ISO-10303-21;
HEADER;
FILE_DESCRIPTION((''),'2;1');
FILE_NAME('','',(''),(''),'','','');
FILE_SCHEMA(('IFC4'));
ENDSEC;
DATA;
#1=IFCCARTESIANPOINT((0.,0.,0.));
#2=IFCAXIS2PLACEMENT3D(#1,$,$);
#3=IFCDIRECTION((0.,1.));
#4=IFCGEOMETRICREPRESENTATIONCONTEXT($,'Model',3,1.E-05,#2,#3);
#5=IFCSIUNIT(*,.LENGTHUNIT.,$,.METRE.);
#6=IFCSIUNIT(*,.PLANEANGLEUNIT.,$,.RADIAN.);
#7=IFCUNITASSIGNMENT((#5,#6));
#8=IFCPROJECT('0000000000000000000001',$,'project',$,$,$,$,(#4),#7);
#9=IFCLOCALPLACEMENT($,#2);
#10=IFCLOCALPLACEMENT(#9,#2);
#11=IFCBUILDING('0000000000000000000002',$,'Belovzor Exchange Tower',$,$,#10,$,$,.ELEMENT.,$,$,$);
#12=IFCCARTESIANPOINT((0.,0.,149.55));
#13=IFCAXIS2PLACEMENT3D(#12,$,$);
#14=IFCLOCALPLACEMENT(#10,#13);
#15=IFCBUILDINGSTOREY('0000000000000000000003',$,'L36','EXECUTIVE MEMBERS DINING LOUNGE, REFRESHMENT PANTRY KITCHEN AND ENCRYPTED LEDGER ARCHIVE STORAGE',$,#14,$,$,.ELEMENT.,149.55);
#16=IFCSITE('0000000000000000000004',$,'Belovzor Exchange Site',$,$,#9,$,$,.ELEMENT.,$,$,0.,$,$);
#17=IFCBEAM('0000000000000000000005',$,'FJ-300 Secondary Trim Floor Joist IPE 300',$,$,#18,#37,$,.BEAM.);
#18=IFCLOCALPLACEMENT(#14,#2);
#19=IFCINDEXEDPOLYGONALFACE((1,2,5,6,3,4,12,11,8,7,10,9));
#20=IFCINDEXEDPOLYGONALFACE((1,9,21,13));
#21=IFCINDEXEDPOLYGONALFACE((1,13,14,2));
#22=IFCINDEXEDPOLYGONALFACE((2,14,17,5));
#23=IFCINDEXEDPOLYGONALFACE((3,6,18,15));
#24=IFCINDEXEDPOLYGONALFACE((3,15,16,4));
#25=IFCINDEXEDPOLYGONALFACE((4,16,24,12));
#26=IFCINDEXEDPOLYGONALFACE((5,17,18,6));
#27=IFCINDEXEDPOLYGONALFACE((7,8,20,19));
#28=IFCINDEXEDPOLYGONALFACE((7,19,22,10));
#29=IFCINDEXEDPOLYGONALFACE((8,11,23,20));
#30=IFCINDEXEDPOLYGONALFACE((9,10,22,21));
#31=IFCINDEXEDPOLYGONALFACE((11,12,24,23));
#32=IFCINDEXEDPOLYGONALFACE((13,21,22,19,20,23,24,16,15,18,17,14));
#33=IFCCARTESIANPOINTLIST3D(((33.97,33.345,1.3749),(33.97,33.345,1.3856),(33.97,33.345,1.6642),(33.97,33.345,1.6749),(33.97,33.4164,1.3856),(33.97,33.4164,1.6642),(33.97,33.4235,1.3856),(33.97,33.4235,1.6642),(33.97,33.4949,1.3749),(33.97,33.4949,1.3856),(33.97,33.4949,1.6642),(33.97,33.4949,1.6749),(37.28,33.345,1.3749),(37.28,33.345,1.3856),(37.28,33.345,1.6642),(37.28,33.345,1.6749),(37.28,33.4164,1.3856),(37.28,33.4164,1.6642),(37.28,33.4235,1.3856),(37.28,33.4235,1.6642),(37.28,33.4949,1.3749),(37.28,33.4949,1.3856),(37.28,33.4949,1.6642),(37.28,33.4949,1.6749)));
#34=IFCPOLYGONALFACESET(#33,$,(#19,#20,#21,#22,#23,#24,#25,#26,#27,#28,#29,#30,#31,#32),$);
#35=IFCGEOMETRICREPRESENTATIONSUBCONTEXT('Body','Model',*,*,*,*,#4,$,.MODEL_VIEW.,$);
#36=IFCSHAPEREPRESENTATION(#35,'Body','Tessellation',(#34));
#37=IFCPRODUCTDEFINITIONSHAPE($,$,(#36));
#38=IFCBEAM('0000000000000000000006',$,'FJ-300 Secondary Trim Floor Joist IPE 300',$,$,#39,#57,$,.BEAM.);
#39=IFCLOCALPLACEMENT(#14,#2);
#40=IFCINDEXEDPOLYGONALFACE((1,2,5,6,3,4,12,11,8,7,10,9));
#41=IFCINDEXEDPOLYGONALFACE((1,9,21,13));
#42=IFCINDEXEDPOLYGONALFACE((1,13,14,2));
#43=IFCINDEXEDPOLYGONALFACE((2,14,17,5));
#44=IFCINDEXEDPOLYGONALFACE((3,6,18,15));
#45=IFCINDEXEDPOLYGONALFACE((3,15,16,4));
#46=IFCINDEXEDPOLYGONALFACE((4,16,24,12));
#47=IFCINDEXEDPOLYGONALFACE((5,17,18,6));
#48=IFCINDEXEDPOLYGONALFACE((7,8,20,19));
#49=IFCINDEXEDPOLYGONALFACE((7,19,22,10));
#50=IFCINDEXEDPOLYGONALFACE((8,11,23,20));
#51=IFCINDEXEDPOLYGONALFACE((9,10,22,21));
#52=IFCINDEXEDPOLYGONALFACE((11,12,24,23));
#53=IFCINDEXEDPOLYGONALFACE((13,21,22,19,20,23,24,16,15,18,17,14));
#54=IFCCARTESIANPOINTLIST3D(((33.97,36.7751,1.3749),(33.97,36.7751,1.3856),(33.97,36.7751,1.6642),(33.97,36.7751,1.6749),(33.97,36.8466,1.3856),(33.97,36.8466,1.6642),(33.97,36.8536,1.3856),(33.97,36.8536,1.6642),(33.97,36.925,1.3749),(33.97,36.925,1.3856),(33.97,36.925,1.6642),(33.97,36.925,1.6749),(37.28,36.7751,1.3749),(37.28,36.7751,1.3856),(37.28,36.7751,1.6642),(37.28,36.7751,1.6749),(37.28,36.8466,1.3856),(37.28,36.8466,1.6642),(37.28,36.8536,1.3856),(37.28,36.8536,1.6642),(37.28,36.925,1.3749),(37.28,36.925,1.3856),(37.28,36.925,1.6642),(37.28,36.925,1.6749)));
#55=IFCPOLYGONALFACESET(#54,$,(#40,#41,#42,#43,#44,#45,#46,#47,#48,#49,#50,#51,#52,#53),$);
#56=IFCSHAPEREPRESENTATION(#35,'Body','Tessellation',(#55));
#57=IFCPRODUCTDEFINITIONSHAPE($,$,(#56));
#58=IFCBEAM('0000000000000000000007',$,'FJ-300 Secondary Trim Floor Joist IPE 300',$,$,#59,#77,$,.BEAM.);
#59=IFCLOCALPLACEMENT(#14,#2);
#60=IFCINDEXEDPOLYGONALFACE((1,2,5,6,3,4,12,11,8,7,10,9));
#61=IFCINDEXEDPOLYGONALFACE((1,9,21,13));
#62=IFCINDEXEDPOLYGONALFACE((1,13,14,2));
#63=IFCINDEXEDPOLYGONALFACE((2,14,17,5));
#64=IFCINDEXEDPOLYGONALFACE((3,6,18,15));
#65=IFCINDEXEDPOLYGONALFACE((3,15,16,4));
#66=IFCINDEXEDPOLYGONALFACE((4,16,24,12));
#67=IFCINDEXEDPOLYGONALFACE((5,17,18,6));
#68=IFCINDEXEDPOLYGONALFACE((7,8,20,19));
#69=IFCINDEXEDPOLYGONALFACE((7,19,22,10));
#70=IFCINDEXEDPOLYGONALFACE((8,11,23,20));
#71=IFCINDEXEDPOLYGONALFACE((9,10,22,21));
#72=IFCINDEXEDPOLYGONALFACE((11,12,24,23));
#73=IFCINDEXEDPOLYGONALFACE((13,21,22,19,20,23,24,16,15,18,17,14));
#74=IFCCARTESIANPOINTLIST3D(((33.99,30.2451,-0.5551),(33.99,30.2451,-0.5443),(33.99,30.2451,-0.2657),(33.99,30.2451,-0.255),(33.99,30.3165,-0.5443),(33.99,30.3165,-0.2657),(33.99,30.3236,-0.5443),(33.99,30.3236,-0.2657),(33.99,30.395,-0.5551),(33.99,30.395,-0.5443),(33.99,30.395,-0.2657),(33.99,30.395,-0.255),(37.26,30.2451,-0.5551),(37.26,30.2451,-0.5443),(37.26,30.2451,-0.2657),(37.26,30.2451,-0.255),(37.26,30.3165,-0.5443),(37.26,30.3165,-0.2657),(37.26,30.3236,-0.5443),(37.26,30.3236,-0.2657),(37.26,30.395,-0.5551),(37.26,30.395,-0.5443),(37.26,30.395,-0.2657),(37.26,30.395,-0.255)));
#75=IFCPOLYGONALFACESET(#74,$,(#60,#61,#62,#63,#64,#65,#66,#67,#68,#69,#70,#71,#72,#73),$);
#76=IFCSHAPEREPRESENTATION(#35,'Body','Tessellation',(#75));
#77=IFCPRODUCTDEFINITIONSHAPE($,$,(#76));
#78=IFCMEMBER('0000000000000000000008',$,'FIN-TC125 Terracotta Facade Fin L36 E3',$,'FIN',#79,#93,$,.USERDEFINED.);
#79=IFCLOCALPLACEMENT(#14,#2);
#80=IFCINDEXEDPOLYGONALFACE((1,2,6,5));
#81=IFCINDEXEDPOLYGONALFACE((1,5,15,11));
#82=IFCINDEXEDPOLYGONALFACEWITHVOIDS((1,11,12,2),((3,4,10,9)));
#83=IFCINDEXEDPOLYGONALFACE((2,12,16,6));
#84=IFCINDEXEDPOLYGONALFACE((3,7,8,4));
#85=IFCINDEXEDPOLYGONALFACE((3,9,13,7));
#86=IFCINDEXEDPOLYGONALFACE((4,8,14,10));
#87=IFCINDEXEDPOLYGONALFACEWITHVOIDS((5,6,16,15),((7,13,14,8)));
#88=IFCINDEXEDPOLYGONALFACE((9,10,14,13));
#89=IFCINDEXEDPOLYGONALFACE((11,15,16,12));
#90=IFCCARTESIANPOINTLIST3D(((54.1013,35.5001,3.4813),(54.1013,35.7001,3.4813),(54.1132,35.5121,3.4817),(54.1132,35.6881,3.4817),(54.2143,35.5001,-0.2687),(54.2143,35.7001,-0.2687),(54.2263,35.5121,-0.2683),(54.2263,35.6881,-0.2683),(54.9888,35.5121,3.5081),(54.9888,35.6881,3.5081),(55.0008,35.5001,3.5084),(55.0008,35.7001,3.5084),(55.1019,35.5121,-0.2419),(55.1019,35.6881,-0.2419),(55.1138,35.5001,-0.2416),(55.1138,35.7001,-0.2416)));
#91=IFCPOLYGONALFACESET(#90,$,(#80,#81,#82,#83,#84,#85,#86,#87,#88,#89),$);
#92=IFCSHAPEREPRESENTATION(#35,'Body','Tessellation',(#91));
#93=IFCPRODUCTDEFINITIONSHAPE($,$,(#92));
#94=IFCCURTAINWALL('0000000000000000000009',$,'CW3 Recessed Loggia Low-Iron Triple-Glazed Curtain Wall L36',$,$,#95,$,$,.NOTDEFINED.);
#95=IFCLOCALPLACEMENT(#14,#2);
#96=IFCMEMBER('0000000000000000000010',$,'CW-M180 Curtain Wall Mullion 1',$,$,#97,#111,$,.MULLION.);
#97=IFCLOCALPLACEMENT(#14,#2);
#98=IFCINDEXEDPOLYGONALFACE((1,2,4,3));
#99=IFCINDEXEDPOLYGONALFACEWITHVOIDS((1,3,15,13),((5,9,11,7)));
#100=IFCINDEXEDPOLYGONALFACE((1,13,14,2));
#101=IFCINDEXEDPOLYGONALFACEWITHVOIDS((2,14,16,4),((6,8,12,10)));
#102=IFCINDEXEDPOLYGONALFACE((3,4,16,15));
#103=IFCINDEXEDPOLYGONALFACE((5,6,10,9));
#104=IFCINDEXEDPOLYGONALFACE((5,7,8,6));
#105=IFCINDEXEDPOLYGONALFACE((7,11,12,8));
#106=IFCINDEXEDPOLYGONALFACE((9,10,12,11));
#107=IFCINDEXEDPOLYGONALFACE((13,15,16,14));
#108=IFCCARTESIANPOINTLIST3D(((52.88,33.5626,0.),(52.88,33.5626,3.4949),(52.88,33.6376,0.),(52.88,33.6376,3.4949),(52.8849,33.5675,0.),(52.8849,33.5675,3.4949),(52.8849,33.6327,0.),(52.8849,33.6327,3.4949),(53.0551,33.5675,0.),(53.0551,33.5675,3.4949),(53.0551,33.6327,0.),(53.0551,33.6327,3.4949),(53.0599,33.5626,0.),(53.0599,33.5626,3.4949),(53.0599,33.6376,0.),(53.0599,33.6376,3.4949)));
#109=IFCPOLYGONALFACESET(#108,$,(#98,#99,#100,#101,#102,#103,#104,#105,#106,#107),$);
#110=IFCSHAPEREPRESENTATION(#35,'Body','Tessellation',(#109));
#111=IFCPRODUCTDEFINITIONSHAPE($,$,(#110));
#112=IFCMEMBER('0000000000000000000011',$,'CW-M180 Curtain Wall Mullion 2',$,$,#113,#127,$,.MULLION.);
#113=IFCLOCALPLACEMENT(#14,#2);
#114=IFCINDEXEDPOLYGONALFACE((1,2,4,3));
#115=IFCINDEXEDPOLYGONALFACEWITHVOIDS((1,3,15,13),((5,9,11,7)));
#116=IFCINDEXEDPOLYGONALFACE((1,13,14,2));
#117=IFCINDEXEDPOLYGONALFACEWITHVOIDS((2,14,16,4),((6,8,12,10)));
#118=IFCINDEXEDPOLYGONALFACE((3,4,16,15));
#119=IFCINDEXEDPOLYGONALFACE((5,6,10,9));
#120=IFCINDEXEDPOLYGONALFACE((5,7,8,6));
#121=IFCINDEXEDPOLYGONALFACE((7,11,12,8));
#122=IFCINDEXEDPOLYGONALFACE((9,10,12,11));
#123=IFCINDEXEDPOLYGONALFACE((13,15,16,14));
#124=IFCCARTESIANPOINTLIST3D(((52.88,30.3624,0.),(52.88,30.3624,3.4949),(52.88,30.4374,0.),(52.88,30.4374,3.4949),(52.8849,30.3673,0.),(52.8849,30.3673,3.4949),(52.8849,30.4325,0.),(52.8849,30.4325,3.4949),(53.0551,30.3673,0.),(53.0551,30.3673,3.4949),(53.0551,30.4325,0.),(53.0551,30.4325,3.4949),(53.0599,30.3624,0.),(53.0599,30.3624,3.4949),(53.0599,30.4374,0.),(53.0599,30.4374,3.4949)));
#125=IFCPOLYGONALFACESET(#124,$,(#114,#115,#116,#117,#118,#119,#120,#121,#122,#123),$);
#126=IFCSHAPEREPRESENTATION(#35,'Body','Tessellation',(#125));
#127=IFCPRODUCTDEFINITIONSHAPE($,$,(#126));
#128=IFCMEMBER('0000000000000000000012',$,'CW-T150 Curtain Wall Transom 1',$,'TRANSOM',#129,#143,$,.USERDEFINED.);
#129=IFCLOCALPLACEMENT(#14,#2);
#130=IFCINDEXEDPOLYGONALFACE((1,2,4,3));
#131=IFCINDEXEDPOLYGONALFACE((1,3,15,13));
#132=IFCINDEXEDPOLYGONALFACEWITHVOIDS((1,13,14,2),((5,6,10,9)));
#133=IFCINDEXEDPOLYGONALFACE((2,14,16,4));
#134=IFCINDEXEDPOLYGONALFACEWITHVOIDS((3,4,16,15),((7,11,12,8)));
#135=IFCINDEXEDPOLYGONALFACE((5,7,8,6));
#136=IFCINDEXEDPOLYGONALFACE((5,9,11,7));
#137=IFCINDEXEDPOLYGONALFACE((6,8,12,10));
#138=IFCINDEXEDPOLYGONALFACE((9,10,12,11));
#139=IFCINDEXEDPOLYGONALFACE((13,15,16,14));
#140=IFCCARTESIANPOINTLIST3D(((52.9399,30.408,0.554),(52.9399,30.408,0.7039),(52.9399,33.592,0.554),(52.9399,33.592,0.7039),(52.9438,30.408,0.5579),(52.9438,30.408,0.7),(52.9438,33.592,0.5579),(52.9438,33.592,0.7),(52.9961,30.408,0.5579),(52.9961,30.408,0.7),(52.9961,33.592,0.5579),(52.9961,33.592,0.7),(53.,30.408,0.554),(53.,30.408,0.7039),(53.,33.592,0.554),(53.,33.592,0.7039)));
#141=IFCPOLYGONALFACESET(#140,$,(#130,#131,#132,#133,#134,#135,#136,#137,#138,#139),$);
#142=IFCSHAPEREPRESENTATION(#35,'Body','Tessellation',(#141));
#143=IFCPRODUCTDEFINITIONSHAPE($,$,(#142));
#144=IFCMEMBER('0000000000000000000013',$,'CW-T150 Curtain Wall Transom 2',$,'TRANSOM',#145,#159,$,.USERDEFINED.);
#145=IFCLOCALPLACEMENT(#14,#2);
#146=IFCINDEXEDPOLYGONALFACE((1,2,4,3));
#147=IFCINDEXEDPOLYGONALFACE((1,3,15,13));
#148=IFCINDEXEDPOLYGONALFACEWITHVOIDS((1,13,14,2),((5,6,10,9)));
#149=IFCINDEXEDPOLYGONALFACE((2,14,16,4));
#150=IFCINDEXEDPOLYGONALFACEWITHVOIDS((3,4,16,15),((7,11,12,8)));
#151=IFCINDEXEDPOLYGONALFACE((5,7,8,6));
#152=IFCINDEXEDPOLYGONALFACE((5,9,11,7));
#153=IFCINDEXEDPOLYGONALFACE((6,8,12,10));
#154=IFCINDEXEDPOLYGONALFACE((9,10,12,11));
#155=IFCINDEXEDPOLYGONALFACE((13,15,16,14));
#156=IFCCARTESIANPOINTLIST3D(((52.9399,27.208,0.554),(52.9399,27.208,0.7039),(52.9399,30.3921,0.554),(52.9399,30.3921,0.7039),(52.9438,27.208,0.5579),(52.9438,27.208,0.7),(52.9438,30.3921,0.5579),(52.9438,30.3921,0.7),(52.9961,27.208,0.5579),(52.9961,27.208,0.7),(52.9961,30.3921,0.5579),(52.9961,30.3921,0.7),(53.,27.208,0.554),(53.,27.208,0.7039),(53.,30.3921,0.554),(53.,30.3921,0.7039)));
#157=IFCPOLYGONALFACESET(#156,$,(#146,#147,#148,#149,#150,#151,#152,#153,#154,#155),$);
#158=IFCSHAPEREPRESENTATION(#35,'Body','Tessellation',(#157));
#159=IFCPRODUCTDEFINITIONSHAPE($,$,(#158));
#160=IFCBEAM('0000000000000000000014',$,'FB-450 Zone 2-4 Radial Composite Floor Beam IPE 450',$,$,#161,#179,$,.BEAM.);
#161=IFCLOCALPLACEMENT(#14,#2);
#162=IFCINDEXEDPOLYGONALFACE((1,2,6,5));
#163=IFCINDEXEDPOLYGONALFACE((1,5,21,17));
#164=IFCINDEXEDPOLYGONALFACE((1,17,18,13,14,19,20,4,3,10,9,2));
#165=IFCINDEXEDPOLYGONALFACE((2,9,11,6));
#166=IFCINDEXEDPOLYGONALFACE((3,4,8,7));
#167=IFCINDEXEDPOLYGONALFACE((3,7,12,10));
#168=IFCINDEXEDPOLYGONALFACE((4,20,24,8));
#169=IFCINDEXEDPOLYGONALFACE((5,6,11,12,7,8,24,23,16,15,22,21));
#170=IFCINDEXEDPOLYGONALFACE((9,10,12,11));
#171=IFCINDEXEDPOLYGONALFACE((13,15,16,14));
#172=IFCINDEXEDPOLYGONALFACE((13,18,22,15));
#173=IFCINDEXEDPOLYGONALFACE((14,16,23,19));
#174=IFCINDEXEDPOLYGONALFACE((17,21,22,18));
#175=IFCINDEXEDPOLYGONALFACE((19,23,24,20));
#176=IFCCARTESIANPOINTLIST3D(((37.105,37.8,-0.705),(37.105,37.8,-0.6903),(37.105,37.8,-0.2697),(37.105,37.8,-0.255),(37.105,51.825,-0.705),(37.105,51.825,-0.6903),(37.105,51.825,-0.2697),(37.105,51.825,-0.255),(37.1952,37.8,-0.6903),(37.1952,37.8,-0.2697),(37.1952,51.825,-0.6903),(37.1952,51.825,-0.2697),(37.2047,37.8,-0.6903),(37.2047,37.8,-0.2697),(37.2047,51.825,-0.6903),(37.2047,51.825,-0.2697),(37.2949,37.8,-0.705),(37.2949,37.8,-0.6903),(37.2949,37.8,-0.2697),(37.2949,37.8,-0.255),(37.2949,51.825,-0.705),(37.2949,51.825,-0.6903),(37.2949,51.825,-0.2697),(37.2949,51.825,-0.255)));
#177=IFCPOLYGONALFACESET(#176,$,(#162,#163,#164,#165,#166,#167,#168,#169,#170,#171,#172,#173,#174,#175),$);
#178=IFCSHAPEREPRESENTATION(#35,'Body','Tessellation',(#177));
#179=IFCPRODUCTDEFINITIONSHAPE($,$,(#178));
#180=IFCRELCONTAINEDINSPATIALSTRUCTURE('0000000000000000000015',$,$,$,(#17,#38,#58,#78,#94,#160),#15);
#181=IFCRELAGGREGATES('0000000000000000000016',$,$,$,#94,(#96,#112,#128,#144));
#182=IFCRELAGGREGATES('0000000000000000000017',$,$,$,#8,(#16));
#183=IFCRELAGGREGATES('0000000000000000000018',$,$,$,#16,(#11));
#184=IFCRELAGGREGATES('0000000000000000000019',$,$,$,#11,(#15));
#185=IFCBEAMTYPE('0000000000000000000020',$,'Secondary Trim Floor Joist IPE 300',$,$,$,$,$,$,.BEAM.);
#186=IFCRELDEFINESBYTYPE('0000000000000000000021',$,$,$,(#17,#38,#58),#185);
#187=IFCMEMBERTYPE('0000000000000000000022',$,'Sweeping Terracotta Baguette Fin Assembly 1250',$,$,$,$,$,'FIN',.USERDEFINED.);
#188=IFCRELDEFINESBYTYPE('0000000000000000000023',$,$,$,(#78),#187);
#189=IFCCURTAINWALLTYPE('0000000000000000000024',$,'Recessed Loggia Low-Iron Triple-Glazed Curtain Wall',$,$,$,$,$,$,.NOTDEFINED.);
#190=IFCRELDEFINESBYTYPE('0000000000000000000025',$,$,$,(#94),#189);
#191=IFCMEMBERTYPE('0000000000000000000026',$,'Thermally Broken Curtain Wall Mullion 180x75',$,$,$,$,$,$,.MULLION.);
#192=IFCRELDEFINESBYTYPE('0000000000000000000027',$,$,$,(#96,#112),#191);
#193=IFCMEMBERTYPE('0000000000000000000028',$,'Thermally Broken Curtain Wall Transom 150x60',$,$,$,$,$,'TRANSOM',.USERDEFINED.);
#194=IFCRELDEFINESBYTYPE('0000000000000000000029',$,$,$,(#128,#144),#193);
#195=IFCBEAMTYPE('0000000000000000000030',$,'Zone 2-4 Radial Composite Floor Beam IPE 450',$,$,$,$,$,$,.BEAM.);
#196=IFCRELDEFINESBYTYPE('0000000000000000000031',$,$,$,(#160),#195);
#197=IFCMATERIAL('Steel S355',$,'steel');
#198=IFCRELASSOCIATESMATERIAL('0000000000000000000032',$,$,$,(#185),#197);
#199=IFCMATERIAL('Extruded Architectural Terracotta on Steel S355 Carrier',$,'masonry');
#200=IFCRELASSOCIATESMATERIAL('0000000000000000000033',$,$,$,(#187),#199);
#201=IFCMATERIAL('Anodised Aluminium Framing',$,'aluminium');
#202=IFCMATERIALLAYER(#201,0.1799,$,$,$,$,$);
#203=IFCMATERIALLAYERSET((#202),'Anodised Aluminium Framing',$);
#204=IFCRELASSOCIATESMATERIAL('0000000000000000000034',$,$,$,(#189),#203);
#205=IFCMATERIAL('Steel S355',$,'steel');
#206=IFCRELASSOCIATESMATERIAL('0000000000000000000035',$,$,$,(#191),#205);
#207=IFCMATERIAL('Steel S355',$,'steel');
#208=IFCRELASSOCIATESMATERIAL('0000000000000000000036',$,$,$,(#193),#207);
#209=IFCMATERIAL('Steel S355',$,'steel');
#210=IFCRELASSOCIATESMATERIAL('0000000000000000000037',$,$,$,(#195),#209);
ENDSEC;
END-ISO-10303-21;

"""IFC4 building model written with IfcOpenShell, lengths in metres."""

from ifc_helpers import new_model, si_unit, direction, frame, origin, origin_2d, place, context, subcontext, project, spatial, hollow_rectangle, i_section, extrude, material, layer, layer_set, material_profile, profile_set, type_object, element, aggregate, save


model = new_model("IFC4")

# Units and contexts
model_context = context("Model", 3, precision=1e-05, world=origin(), true_north=direction((0.0, 1.0)))
body_context = subcontext(model_context, "Body", "Model", "MODEL_VIEW")
ifc_project = project(units=[si_unit("LENGTHUNIT", "METRE"), si_unit("PLANEANGLEUNIT", "RADIAN")], contexts=[model_context])

# Site, building, storey
site_placement = place(None, origin())
site = spatial("IfcSite", under=ifc_project, at=site_placement, Name="Belovzor Exchange Site", CompositionType="ELEMENT", RefElevation=0.0)
building_placement = place(site_placement, origin())
building = spatial("IfcBuilding", under=site, at=building_placement, Name="Belovzor Exchange Tower", CompositionType="ELEMENT")
storey_placement = place(building_placement, frame((0.0, 0.0, 149.55)))
storey = spatial("IfcBuildingStorey", under=building, at=storey_placement, Name="L36", Description="EXECUTIVE MEMBERS DINING LOUNGE, REFRESHMENT PANTRY KITCHEN AND ENCRYPTED LEDGER ARCHIVE STORAGE", CompositionType="ELEMENT", Elevation=149.55)

# Beams
ifc_material_1 = material(Name="Steel S355", Category="steel")
ifc_material_profile_1 = material_profile(ifc_material_1, i_section(OverallWidth=0.1499, OverallDepth=0.3, WebThickness=0.0071, FlangeThickness=0.0107, at=origin_2d()))
ifc_profile_set_1 = profile_set([ifc_material_profile_1], Name="Steel S355")
beam_type_1 = type_object("IfcBeamType", Name="Secondary Trim Floor Joist IPE 300", PredefinedType="BEAM", material=ifc_profile_set_1)
for number, where, z_axis, x_axis, name in (
    (1, (37.28, 33.4199, 1.5249), (-1.0, 0.0, 0.0), (0.0, -1.0, 0.0), "FJ-300 Secondary Trim Floor Joist IPE 300"),
    (2, (37.28, 36.8501, 1.5249), (-1.0, 0.0, 0.0), (0.0, -1.0, 0.0), "FJ-300 Secondary Trim Floor Joist IPE 300"),
):
    element("IfcBeam", number, at=place(storey_placement, frame(where, z_axis=z_axis, x_axis=x_axis)), inside=storey, type_object=beam_type_1, Name=name, PredefinedType="BEAM", context=body_context, shape_type="SweptSolid", body=[
        extrude(i_section(OverallWidth=0.1499, OverallDepth=0.3, WebThickness=0.0071, FlangeThickness=0.0107, at=origin_2d()), origin(), (0.0, 0.0, 1.0), 3.3101),
    ])
beam_1_placement = place(storey_placement, frame((37.26, 30.3201, -0.405), z_axis=(-1.0, 0.0, 0.0), x_axis=(0.0, -1.0, 0.0)))
element("IfcBeam", 3, at=beam_1_placement, inside=storey, type_object=beam_type_1, Name="FJ-300 Secondary Trim Floor Joist IPE 300", PredefinedType="BEAM", context=body_context, shape_type="SweptSolid", body=[
    extrude(i_section(OverallWidth=0.1499, OverallDepth=0.3, WebThickness=0.0071, FlangeThickness=0.0107, at=origin_2d()), origin(), (0.0, 0.0, 1.0), 3.27),
])

# Member
ifc_material_2 = material(Name="Extruded Architectural Terracotta on Steel S355 Carrier", Category="masonry")
ifc_material_profile_2 = material_profile(ifc_material_2, hollow_rectangle(XDim=0.2, YDim=0.8999, WallThickness=0.012, at=origin_2d()))
ifc_profile_set_2 = profile_set([ifc_material_profile_2], Name="Extruded Architectural Terracotta on Steel S355 Carrier")
member_type_1 = type_object("IfcMemberType", Name="Sweeping Terracotta Baguette Fin Assembly 1250", ElementType="FIN", PredefinedType="USERDEFINED", material=ifc_profile_set_2)
member_1_placement = place(storey_placement, frame((54.6641, 35.6001, -0.2551), z_axis=(-0.03013, 0.0, 0.999546), x_axis=(0.0, -1.0, 0.0)))
element("IfcMember", 4, at=member_1_placement, inside=storey, type_object=member_type_1, Name="FIN-TC125 Terracotta Facade Fin L36 E3", ObjectType="FIN", PredefinedType="USERDEFINED", context=body_context, shape_type="SweptSolid", body=[
    extrude(hollow_rectangle(XDim=0.2, YDim=0.8999, WallThickness=0.012, at=origin_2d()), origin(), (0.0, 0.0, 1.0), 3.7517),
])

# Curtain wall, members
ifc_material_3 = material(Name="Anodised Aluminium Framing", Category="aluminium")
ifc_layer_1 = layer(ifc_material_3, 0.1799)
ifc_layer_set_1 = layer_set([ifc_layer_1], Name="Anodised Aluminium Framing")
curtain_wall_type = type_object("IfcCurtainWallType", Name="Recessed Loggia Low-Iron Triple-Glazed Curtain Wall", PredefinedType="NOTDEFINED", material=ifc_layer_set_1)
curtain_wall_placement = place(storey_placement, origin())
curtain_wall = element("IfcCurtainWall", 5, at=curtain_wall_placement, inside=storey, type_object=curtain_wall_type, Name="CW3 Recessed Loggia Low-Iron Triple-Glazed Curtain Wall L36", PredefinedType="NOTDEFINED")
ifc_material_4 = material(Name="Steel S355", Category="steel")
ifc_material_profile_3 = material_profile(ifc_material_4, hollow_rectangle(XDim=0.075, YDim=0.1799, WallThickness=0.0049, at=origin_2d()))
ifc_profile_set_3 = profile_set([ifc_material_profile_3], Name="Steel S355")
member_type_2 = type_object("IfcMemberType", Name="Thermally Broken Curtain Wall Mullion 180x75", PredefinedType="MULLION", material=ifc_profile_set_3)
member_2_placement = place(storey_placement, frame((52.97, 33.6001, 0.0), z_axis=(0.0, 0.0, 1.0), x_axis=(0.0, -1.0, 0.0)))
member_2 = element("IfcMember", 6, at=member_2_placement, type_object=member_type_2, Name="CW-M180 Curtain Wall Mullion 1", PredefinedType="MULLION", context=body_context, shape_type="SweptSolid", body=[
    extrude(hollow_rectangle(XDim=0.075, YDim=0.1799, WallThickness=0.0049, at=origin_2d()), origin(), (0.0, 0.0, 1.0), 3.4949),
])
member_3_placement = place(storey_placement, frame((52.97, 30.3999, 0.0), z_axis=(0.0, 0.0, 1.0), x_axis=(0.0, -1.0, 0.0)))
member_3 = element("IfcMember", 7, at=member_3_placement, type_object=member_type_2, Name="CW-M180 Curtain Wall Mullion 2", PredefinedType="MULLION", context=body_context, shape_type="SweptSolid", body=[
    extrude(hollow_rectangle(XDim=0.075, YDim=0.1799, WallThickness=0.0049, at=origin_2d()), origin(), (0.0, 0.0, 1.0), 3.4949),
])
ifc_material_5 = material(Name="Steel S355", Category="steel")
ifc_material_profile_4 = material_profile(ifc_material_5, hollow_rectangle(XDim=0.0601, YDim=0.1499, WallThickness=0.0039, at=origin_2d()))
ifc_profile_set_4 = profile_set([ifc_material_profile_4], Name="Steel S355")
member_type_3 = type_object("IfcMemberType", Name="Thermally Broken Curtain Wall Transom 150x60", ElementType="TRANSOM", PredefinedType="USERDEFINED", material=ifc_profile_set_4)
member_4_placement = place(storey_placement, frame((52.97, 33.592, 0.6289), z_axis=(0.0, -1.0, 0.0), x_axis=(1.0, 0.0, 0.0)))
member_4 = element("IfcMember", 8, at=member_4_placement, type_object=member_type_3, Name="CW-T150 Curtain Wall Transom 1", ObjectType="TRANSOM", PredefinedType="USERDEFINED", context=body_context, shape_type="SweptSolid", body=[
    extrude(hollow_rectangle(XDim=0.0601, YDim=0.1499, WallThickness=0.0039, at=origin_2d()), origin(), (0.0, 0.0, 1.0), 3.1841),
])
member_5_placement = place(storey_placement, frame((52.97, 30.3921, 0.6289), z_axis=(0.0, -1.0, 0.0), x_axis=(1.0, 0.0, 0.0)))
member_5 = element("IfcMember", 9, at=member_5_placement, type_object=member_type_3, Name="CW-T150 Curtain Wall Transom 2", ObjectType="TRANSOM", PredefinedType="USERDEFINED", context=body_context, shape_type="SweptSolid", body=[
    extrude(hollow_rectangle(XDim=0.0601, YDim=0.1499, WallThickness=0.0039, at=origin_2d()), origin(), (0.0, 0.0, 1.0), 3.1841),
])

# Beam
ifc_material_6 = material(Name="Steel S355", Category="steel")
ifc_material_profile_5 = material_profile(ifc_material_6, i_section(OverallWidth=0.1899, OverallDepth=0.45, WebThickness=0.0095, FlangeThickness=0.0146, at=origin_2d()))
ifc_profile_set_5 = profile_set([ifc_material_profile_5], Name="Steel S355")
beam_type_2 = type_object("IfcBeamType", Name="Zone 2-4 Radial Composite Floor Beam IPE 450", PredefinedType="BEAM", material=ifc_profile_set_5)
for number, where, z_axis, x_axis, name in (
    (10, (37.2, 37.8, -0.48), (0.0, 1.0, 0.0), (-1.0, 0.0, 0.0), "FB-450 Zone 2-4 Radial Composite Floor Beam IPE 450"),
):
    element("IfcBeam", number, at=place(storey_placement, frame(where, z_axis=z_axis, x_axis=x_axis)), inside=storey, type_object=beam_type_2, Name=name, PredefinedType="BEAM", context=body_context, shape_type="SweptSolid", body=[
        extrude(i_section(OverallWidth=0.1899, OverallDepth=0.45, WebThickness=0.0095, FlangeThickness=0.0146, at=origin_2d()), origin(), (0.0, 0.0, 1.0), 14.0249),
    ])

aggregate(curtain_wall, [member_2, member_3, member_4, member_5])

save(model, "model.ifc")
